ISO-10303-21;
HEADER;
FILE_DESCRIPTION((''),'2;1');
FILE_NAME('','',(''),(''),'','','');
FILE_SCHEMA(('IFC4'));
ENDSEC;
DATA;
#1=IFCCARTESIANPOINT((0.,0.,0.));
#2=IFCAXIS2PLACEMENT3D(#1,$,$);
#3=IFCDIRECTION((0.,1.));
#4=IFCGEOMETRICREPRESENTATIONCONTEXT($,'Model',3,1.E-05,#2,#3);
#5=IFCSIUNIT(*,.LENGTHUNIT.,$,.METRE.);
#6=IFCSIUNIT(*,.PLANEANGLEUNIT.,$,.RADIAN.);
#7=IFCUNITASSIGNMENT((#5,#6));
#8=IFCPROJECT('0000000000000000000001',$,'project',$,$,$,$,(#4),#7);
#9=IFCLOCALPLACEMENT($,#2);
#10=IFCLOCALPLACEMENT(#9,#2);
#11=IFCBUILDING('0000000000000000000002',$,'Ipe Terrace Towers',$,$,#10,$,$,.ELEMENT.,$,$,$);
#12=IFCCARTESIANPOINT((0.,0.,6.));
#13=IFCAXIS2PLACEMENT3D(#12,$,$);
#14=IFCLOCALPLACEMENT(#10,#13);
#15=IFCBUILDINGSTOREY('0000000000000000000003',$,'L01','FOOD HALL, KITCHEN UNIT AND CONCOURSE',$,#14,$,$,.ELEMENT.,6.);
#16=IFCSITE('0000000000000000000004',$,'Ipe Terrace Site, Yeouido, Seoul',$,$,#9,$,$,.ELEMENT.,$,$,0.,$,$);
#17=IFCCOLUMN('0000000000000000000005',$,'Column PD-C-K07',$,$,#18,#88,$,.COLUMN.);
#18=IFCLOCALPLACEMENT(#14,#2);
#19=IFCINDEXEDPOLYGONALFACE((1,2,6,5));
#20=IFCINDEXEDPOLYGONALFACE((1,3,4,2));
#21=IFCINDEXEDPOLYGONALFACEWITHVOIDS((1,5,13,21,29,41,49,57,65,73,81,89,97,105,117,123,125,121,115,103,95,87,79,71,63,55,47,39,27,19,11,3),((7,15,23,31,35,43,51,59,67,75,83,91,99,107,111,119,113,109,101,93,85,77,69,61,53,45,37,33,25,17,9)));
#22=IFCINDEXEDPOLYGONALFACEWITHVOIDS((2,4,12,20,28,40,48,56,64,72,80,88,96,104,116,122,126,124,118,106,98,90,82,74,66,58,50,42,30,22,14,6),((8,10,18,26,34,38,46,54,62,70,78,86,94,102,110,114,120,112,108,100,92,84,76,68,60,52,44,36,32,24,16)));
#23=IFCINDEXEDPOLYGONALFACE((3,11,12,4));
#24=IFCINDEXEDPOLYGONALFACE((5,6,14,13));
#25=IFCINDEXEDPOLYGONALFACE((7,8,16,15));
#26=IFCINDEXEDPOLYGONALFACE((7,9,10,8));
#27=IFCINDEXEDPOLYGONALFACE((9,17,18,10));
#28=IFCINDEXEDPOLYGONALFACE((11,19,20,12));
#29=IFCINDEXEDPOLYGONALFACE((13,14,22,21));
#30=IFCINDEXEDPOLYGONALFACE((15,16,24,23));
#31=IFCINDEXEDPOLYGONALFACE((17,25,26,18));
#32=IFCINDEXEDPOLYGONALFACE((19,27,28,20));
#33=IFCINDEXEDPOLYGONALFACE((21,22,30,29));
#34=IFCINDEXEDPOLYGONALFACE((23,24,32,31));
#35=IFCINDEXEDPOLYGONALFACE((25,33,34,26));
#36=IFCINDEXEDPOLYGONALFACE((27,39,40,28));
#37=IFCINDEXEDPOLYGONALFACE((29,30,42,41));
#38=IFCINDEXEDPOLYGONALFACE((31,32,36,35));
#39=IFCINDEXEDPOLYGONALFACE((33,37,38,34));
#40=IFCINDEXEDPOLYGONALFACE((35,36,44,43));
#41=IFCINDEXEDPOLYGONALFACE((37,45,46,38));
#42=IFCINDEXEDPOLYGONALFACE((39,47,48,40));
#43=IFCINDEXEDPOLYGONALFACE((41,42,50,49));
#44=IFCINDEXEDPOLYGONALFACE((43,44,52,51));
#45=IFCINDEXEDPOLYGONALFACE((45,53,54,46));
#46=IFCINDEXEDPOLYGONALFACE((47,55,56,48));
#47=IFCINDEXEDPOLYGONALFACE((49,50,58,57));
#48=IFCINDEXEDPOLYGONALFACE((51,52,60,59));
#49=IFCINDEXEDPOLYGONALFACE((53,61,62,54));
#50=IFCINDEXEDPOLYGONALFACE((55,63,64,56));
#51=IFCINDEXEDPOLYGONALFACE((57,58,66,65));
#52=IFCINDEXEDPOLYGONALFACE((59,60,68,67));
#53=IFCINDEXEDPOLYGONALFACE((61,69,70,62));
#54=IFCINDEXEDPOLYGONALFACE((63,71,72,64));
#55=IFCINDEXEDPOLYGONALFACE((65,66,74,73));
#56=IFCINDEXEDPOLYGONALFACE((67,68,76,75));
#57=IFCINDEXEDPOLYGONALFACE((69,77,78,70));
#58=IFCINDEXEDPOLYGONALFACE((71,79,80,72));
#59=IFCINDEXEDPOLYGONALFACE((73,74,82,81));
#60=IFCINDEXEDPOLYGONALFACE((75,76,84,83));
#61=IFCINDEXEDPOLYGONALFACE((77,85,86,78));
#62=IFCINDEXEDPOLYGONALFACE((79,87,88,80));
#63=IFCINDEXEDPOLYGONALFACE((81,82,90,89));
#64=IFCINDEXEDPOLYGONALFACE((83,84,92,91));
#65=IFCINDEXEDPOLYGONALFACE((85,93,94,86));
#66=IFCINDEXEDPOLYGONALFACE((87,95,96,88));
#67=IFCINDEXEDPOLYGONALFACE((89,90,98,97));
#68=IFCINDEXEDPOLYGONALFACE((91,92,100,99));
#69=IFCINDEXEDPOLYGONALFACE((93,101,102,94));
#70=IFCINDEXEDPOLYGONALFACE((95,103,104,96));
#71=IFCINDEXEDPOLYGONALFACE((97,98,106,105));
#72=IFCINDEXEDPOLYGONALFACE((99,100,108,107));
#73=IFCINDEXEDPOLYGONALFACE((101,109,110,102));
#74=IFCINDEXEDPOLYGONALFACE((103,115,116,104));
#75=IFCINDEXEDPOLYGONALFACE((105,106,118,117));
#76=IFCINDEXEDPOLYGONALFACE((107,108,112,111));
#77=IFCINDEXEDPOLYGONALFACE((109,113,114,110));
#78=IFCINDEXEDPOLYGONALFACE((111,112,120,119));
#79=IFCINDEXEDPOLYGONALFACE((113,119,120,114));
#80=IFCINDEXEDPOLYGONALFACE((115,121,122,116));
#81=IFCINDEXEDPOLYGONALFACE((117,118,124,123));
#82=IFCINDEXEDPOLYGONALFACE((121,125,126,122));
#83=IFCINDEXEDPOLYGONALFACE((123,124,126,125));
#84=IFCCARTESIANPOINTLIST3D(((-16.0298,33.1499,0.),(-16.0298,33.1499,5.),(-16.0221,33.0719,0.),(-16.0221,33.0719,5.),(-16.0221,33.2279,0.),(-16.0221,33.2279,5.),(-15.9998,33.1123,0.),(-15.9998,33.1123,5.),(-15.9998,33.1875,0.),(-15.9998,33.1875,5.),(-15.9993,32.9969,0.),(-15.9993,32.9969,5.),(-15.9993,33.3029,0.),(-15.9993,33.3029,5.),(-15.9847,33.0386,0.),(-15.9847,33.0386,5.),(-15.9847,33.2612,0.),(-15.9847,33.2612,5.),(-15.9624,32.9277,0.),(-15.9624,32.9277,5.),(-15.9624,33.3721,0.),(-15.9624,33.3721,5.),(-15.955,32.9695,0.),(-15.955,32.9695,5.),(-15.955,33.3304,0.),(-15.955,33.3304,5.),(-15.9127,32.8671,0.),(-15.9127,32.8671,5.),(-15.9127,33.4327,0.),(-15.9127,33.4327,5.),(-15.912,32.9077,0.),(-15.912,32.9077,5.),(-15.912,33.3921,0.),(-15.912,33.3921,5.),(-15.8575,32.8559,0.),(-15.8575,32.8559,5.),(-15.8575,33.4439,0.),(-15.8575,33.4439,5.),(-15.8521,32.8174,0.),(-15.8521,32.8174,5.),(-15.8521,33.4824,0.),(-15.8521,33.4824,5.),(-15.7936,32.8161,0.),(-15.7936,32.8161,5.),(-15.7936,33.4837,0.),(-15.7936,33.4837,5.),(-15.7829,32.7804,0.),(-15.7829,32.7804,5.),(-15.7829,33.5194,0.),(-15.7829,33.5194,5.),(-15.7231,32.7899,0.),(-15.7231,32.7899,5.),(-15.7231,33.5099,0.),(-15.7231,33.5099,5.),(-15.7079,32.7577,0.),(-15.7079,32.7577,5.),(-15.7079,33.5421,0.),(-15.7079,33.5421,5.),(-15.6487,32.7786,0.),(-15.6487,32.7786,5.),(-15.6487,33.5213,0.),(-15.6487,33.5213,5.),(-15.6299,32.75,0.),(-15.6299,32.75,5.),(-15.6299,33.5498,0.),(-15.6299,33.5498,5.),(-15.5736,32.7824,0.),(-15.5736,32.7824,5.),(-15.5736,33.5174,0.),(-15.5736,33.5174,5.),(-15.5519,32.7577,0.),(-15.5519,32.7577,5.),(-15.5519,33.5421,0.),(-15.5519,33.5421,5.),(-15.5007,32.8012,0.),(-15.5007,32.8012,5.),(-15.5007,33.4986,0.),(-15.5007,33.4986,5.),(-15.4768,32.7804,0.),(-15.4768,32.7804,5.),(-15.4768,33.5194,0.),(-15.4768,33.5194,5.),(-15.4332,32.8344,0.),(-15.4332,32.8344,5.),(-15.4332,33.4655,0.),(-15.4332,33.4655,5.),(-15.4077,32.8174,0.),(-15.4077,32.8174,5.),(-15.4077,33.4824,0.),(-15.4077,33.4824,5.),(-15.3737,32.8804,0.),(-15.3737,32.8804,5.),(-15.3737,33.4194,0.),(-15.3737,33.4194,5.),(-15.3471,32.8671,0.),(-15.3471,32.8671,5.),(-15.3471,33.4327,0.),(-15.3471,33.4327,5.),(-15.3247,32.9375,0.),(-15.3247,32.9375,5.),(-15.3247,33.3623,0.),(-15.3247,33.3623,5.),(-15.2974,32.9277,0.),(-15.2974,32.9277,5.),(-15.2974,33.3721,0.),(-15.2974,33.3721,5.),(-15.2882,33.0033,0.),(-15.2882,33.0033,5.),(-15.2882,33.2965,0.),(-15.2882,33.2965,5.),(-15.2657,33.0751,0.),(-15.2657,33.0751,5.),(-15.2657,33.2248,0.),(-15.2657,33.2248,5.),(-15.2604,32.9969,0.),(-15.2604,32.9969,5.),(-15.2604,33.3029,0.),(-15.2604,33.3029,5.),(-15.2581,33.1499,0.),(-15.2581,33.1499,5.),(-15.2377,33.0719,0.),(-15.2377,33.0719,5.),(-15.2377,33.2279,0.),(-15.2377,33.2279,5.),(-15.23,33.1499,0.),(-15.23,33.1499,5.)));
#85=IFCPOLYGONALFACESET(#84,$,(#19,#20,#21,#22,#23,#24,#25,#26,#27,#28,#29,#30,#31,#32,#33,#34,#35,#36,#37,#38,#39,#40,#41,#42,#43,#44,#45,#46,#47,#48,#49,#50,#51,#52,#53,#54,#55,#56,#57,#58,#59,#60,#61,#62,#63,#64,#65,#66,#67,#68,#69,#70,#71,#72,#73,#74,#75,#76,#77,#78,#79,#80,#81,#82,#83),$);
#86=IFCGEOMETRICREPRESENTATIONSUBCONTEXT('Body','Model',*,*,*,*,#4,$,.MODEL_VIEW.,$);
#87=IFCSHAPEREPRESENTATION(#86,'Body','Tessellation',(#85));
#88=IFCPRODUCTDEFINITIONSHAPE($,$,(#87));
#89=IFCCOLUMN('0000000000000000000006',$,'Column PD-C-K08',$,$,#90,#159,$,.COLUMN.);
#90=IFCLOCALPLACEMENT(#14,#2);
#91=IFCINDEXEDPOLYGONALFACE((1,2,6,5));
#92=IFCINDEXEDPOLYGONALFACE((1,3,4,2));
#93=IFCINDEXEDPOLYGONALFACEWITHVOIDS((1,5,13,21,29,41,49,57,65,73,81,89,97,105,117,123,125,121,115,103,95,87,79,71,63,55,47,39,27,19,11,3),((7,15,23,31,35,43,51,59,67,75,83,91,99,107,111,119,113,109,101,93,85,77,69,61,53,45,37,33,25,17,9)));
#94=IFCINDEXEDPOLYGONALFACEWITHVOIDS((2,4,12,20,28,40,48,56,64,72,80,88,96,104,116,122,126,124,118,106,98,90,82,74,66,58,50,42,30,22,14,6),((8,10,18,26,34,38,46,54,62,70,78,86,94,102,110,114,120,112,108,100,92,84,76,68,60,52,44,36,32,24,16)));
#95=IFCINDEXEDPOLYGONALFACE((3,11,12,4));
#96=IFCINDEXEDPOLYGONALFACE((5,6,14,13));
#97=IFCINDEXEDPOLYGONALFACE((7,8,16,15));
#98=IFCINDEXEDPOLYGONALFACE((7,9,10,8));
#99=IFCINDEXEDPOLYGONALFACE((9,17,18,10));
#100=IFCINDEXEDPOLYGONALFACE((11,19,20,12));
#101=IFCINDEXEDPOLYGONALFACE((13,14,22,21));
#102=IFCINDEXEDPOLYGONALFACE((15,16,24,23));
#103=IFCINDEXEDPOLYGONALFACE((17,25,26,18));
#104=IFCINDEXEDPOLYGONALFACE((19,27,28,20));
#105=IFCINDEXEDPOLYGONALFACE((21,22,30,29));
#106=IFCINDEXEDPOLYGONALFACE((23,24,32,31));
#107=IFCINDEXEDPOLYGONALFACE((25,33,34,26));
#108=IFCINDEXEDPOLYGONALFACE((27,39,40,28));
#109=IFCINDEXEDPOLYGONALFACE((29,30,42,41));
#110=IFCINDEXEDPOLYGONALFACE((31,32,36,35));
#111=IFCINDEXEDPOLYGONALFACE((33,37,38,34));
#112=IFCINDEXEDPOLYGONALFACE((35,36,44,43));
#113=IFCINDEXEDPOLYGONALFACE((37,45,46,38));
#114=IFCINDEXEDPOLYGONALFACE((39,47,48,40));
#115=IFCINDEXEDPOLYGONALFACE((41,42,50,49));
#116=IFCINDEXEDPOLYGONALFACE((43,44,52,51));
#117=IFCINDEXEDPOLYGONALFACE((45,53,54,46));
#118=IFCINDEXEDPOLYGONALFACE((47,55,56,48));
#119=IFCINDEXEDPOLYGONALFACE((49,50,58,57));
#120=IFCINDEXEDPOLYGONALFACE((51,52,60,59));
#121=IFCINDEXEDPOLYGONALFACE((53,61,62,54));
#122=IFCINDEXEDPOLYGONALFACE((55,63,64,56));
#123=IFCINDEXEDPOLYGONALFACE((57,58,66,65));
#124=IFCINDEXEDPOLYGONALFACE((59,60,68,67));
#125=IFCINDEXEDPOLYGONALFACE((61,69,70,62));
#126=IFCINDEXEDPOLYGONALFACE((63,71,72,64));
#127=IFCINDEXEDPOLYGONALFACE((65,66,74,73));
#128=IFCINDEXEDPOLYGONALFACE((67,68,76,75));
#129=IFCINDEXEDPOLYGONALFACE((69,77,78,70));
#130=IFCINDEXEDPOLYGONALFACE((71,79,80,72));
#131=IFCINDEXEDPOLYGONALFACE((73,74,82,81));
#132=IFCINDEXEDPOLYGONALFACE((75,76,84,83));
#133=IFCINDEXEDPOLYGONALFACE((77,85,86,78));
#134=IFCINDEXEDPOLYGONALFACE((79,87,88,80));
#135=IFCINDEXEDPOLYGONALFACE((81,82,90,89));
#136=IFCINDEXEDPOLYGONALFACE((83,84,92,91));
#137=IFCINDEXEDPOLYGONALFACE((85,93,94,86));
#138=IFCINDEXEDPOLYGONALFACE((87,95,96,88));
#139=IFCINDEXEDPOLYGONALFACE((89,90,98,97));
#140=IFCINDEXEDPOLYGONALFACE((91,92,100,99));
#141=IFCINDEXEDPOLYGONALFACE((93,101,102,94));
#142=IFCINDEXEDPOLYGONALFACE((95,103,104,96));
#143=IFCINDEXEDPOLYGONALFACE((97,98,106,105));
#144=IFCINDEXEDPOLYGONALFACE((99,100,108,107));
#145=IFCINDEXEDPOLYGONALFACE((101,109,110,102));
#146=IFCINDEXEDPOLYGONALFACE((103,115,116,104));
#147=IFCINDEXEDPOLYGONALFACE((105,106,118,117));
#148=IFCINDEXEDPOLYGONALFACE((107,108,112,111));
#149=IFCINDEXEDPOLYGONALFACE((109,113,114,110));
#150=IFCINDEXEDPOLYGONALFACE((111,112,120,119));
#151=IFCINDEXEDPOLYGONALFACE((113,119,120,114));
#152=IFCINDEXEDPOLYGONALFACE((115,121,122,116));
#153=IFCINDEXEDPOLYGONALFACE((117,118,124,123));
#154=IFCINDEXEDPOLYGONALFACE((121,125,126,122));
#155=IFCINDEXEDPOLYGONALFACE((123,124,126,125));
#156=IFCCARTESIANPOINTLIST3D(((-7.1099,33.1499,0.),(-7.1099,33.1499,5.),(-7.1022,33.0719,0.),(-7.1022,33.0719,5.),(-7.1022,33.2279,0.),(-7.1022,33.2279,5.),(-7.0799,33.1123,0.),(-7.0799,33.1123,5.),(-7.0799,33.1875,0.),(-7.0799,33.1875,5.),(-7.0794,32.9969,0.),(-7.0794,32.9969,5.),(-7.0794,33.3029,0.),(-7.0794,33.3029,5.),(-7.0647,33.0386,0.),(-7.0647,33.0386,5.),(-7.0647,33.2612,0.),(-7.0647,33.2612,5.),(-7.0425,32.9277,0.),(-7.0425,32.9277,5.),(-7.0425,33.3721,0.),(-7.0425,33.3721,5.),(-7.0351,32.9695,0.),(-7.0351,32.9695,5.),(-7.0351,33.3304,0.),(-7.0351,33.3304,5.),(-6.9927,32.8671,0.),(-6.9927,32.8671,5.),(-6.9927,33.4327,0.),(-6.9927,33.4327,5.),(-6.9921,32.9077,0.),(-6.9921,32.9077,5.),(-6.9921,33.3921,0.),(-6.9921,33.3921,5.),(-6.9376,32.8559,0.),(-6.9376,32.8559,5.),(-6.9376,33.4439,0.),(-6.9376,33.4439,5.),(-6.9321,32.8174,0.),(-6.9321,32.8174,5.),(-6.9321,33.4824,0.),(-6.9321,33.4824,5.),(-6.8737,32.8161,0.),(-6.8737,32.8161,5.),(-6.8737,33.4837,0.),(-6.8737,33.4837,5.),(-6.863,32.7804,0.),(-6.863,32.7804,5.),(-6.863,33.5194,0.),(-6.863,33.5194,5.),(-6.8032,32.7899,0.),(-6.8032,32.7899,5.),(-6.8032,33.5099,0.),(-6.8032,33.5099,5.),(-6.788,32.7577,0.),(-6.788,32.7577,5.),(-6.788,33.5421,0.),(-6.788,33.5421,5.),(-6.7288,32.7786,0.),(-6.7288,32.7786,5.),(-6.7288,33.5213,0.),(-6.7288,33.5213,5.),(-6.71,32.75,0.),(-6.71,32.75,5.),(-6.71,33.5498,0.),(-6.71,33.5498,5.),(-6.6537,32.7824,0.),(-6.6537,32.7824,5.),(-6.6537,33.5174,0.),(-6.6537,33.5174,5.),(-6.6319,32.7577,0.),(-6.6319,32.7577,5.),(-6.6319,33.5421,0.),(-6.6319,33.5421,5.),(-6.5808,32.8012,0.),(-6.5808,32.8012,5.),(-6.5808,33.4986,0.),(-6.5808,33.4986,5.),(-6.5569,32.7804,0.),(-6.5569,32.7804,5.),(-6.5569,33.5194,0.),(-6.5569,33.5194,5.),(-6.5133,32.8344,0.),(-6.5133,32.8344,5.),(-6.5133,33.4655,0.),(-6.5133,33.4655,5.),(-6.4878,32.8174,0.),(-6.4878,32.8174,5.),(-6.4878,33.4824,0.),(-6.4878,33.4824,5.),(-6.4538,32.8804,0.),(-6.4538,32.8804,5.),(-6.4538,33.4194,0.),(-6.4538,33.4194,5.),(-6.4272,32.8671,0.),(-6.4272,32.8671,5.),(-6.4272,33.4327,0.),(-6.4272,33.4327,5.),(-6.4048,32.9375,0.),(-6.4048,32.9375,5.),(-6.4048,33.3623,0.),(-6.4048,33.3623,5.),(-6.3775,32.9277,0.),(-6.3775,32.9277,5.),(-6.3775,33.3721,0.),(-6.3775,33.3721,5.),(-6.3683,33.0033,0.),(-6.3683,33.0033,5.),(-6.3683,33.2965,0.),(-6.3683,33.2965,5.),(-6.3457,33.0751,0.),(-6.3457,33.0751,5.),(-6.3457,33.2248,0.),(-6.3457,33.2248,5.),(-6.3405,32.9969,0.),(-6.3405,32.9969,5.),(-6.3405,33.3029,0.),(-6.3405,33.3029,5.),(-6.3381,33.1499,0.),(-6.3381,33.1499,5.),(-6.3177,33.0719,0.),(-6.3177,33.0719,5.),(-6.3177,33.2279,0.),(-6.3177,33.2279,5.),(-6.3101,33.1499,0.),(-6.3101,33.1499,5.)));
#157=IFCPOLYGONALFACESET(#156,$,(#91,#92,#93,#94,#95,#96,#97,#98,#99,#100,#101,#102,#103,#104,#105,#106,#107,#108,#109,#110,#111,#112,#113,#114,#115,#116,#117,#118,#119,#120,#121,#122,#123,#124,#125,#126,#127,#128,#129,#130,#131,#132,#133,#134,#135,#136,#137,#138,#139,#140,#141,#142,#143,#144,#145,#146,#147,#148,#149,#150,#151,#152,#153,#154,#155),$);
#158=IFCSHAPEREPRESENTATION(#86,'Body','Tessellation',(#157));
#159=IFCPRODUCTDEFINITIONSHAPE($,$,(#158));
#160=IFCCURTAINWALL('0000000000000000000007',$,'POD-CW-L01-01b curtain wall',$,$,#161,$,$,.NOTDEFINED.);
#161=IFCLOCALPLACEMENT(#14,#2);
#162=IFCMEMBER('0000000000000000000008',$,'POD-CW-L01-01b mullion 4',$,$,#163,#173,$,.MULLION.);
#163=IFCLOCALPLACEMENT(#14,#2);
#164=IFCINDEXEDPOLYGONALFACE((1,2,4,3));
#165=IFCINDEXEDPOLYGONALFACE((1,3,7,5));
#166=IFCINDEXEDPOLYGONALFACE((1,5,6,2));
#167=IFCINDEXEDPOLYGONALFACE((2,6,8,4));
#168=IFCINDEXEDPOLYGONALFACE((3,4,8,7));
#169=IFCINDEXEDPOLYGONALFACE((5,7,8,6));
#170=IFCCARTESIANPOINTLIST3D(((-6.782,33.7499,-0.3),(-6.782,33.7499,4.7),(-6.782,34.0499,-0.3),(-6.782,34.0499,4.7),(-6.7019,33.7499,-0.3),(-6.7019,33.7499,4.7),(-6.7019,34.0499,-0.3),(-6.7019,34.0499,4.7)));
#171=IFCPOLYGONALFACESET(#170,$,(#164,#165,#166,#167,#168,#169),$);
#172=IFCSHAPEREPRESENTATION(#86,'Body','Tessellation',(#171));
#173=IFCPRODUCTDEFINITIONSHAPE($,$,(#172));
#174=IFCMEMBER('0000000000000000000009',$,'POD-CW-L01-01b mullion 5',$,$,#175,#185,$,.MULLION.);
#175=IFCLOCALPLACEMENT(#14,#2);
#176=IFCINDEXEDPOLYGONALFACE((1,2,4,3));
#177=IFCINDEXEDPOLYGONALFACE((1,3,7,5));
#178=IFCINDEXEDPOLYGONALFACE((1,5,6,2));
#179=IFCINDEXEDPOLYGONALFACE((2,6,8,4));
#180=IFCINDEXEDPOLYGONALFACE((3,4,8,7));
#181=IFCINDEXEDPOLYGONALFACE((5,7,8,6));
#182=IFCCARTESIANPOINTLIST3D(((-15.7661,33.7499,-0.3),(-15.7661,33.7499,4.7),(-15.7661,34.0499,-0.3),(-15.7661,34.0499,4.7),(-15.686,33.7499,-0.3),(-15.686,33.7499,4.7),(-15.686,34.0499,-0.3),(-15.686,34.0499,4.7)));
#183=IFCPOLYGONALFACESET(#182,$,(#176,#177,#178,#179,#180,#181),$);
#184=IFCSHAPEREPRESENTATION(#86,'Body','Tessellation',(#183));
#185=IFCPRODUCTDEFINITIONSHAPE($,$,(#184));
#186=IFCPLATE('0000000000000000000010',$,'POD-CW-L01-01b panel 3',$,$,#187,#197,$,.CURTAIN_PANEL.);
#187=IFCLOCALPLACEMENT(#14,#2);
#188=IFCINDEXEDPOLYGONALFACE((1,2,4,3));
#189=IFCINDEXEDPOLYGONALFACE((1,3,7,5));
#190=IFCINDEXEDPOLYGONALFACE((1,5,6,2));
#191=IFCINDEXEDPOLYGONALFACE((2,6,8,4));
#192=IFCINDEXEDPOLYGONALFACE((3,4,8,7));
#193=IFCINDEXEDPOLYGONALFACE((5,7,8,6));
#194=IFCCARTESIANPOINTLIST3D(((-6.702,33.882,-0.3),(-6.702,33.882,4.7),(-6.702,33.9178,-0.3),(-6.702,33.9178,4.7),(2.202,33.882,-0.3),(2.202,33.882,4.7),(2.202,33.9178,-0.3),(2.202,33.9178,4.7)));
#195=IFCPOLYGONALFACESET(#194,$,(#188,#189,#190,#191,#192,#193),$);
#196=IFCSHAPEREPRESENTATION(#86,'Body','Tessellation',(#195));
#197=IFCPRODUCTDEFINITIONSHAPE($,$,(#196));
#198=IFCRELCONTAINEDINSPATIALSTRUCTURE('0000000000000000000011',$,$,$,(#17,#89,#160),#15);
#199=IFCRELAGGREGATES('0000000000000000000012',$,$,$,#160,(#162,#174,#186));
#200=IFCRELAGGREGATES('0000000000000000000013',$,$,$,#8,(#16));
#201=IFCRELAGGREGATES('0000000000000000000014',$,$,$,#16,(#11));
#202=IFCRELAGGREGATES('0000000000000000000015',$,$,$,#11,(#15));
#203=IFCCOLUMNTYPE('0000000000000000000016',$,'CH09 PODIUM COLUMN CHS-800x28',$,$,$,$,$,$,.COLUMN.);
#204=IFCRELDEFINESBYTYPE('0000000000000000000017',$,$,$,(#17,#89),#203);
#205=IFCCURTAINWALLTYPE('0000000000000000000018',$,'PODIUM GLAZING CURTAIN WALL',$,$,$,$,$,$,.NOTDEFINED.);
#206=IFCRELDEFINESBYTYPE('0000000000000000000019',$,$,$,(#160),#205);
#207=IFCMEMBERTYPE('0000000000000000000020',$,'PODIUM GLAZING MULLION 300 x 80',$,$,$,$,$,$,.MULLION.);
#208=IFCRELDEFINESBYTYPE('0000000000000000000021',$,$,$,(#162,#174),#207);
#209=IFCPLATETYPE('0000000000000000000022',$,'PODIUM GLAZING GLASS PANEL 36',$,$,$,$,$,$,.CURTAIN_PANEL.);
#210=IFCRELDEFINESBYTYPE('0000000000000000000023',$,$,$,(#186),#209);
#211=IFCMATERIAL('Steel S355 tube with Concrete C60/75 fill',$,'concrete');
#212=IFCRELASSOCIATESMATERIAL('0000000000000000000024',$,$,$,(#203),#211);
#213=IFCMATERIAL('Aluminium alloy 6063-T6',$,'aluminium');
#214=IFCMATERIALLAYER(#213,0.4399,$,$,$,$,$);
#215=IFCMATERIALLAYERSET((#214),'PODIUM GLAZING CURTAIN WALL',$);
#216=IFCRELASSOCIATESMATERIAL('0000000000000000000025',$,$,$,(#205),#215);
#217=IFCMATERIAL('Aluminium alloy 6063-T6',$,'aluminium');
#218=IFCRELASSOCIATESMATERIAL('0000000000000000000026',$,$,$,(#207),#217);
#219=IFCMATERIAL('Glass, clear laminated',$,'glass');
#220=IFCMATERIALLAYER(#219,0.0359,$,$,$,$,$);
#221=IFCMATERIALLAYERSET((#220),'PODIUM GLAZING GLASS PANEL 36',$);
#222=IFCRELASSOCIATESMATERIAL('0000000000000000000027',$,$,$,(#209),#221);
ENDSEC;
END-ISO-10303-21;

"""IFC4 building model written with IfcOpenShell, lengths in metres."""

from ifc_helpers import new_model, si_unit, direction, frame, origin, origin_2d, place, context, subcontext, project, spatial, rectangle, hollow_circle, extrude, material, layer, layer_set, material_profile, profile_set, type_object, element, aggregate, save


model = new_model("IFC4")

# Units and contexts
model_context = context("Model", 3, precision=1e-05, world=origin(), true_north=direction((0.0, 1.0)))
body_context = subcontext(model_context, "Body", "Model", "MODEL_VIEW")
ifc_project = project(units=[si_unit("LENGTHUNIT", "METRE"), si_unit("PLANEANGLEUNIT", "RADIAN")], contexts=[model_context])

# Site, building, storey
site_placement = place(None, origin())
site = spatial("IfcSite", under=ifc_project, at=site_placement, Name="Ipe Terrace Site, Yeouido, Seoul", CompositionType="ELEMENT", RefElevation=0.0)
building_placement = place(site_placement, origin())
building = spatial("IfcBuilding", under=site, at=building_placement, Name="Ipe Terrace Towers", CompositionType="ELEMENT")
storey_placement = place(building_placement, frame((0.0, 0.0, 6.0)))
storey = spatial("IfcBuildingStorey", under=building, at=storey_placement, Name="L01", Description="FOOD HALL, KITCHEN UNIT AND CONCOURSE", CompositionType="ELEMENT", Elevation=6.0)

# Columns
ifc_material_1 = material(Name="Steel S355 tube with Concrete C60/75 fill", Category="concrete")
ifc_material_profile_1 = material_profile(ifc_material_1, hollow_circle(Radius=0.3999, WallThickness=0.0281, at=origin_2d()), Name="CHS-800x28")
ifc_profile_set_1 = profile_set([ifc_material_profile_1], Name="Steel S355 tube with Concrete C60/75 fill")
column_type = type_object("IfcColumnType", Name="CH09 PODIUM COLUMN CHS-800x28", PredefinedType="COLUMN", material=ifc_profile_set_1)
for number, where, z_axis, x_axis, name in (
    (1, (-15.6299, 33.1499, 0.0), (0.0, 0.0, 1.0), (1.0, 0.0, 0.0), "Column PD-C-K07"),
    (2, (-6.71, 33.1499, 0.0), (0.0, 0.0, 1.0), (1.0, 0.0, 0.0), "Column PD-C-K08"),
):
    element("IfcColumn", number, at=place(storey_placement, frame(where, z_axis=z_axis, x_axis=x_axis)), inside=storey, type_object=column_type, Name=name, PredefinedType="COLUMN", context=body_context, shape_type="SweptSolid", body=[
        extrude(hollow_circle(Radius=0.3999, WallThickness=0.0281, at=origin_2d()), origin(), (0.0, 0.0, 1.0), 5.0),
    ])

# Curtain wall, members, plate
ifc_material_2 = material(Name="Aluminium alloy 6063-T6", Category="aluminium")
ifc_layer_1 = layer(ifc_material_2, 0.4399)
ifc_layer_set_1 = layer_set([ifc_layer_1], Name="PODIUM GLAZING CURTAIN WALL")
curtain_wall_type = type_object("IfcCurtainWallType", Name="PODIUM GLAZING CURTAIN WALL", PredefinedType="NOTDEFINED", material=ifc_layer_set_1)
curtain_wall_placement = place(storey_placement, origin())
curtain_wall = element("IfcCurtainWall", 3, at=curtain_wall_placement, inside=storey, type_object=curtain_wall_type, Name="POD-CW-L01-01b curtain wall", PredefinedType="NOTDEFINED")
ifc_material_3 = material(Name="Aluminium alloy 6063-T6", Category="aluminium")
ifc_material_profile_2 = material_profile(ifc_material_3, rectangle(XDim=0.3, YDim=0.0801, at=origin_2d()), Name="PODIUM GLAZING MULLION 300 x 80")
ifc_profile_set_2 = profile_set([ifc_material_profile_2], Name="Aluminium alloy 6063-T6")
member_type = type_object("IfcMemberType", Name="PODIUM GLAZING MULLION 300 x 80", PredefinedType="MULLION", material=ifc_profile_set_2)
member_1_placement = place(storey_placement, frame((-6.7419, 33.8999, -0.3), z_axis=(0.0, 0.0, 1.0), x_axis=(0.0, 1.0, 0.0)))
member_1 = element("IfcMember", 4, at=member_1_placement, type_object=member_type, Name="POD-CW-L01-01b mullion 4", PredefinedType="MULLION", context=body_context, shape_type="SweptSolid", body=[
    extrude(rectangle(XDim=0.3, YDim=0.0801, at=origin_2d()), origin(), (0.0, 0.0, 1.0), 5.0),
])
member_2_placement = place(storey_placement, frame((-15.7261, 33.8999, -0.3), z_axis=(0.0, 0.0, 1.0), x_axis=(0.0, 1.0, 0.0)))
member_2 = element("IfcMember", 5, at=member_2_placement, type_object=member_type, Name="POD-CW-L01-01b mullion 5", PredefinedType="MULLION", context=body_context, shape_type="SweptSolid", body=[
    extrude(rectangle(XDim=0.3, YDim=0.0801, at=origin_2d()), origin(), (0.0, 0.0, 1.0), 5.0),
])
ifc_material_4 = material(Name="Glass, clear laminated", Category="glass")
ifc_layer_2 = layer(ifc_material_4, 0.0359)
ifc_layer_set_2 = layer_set([ifc_layer_2], Name="PODIUM GLAZING GLASS PANEL 36")
plate_type = type_object("IfcPlateType", Name="PODIUM GLAZING GLASS PANEL 36", PredefinedType="CURTAIN_PANEL", material=ifc_layer_set_2)
plate_1_placement = place(storey_placement, frame((-2.25, 33.8999, -0.3), z_axis=(0.0, 0.0, 1.0), x_axis=(-1.0, 0.0, 0.0)))
plate_1 = element("IfcPlate", 6, at=plate_1_placement, type_object=plate_type, Name="POD-CW-L01-01b panel 3", PredefinedType="CURTAIN_PANEL", context=body_context, shape_type="SweptSolid", body=[
    extrude(rectangle(XDim=8.9041, YDim=0.0359, at=origin_2d()), origin(), (0.0, 0.0, 1.0), 5.0),
])
aggregate(curtain_wall, [member_1, member_2, plate_1])

save(model, "model.ifc")
